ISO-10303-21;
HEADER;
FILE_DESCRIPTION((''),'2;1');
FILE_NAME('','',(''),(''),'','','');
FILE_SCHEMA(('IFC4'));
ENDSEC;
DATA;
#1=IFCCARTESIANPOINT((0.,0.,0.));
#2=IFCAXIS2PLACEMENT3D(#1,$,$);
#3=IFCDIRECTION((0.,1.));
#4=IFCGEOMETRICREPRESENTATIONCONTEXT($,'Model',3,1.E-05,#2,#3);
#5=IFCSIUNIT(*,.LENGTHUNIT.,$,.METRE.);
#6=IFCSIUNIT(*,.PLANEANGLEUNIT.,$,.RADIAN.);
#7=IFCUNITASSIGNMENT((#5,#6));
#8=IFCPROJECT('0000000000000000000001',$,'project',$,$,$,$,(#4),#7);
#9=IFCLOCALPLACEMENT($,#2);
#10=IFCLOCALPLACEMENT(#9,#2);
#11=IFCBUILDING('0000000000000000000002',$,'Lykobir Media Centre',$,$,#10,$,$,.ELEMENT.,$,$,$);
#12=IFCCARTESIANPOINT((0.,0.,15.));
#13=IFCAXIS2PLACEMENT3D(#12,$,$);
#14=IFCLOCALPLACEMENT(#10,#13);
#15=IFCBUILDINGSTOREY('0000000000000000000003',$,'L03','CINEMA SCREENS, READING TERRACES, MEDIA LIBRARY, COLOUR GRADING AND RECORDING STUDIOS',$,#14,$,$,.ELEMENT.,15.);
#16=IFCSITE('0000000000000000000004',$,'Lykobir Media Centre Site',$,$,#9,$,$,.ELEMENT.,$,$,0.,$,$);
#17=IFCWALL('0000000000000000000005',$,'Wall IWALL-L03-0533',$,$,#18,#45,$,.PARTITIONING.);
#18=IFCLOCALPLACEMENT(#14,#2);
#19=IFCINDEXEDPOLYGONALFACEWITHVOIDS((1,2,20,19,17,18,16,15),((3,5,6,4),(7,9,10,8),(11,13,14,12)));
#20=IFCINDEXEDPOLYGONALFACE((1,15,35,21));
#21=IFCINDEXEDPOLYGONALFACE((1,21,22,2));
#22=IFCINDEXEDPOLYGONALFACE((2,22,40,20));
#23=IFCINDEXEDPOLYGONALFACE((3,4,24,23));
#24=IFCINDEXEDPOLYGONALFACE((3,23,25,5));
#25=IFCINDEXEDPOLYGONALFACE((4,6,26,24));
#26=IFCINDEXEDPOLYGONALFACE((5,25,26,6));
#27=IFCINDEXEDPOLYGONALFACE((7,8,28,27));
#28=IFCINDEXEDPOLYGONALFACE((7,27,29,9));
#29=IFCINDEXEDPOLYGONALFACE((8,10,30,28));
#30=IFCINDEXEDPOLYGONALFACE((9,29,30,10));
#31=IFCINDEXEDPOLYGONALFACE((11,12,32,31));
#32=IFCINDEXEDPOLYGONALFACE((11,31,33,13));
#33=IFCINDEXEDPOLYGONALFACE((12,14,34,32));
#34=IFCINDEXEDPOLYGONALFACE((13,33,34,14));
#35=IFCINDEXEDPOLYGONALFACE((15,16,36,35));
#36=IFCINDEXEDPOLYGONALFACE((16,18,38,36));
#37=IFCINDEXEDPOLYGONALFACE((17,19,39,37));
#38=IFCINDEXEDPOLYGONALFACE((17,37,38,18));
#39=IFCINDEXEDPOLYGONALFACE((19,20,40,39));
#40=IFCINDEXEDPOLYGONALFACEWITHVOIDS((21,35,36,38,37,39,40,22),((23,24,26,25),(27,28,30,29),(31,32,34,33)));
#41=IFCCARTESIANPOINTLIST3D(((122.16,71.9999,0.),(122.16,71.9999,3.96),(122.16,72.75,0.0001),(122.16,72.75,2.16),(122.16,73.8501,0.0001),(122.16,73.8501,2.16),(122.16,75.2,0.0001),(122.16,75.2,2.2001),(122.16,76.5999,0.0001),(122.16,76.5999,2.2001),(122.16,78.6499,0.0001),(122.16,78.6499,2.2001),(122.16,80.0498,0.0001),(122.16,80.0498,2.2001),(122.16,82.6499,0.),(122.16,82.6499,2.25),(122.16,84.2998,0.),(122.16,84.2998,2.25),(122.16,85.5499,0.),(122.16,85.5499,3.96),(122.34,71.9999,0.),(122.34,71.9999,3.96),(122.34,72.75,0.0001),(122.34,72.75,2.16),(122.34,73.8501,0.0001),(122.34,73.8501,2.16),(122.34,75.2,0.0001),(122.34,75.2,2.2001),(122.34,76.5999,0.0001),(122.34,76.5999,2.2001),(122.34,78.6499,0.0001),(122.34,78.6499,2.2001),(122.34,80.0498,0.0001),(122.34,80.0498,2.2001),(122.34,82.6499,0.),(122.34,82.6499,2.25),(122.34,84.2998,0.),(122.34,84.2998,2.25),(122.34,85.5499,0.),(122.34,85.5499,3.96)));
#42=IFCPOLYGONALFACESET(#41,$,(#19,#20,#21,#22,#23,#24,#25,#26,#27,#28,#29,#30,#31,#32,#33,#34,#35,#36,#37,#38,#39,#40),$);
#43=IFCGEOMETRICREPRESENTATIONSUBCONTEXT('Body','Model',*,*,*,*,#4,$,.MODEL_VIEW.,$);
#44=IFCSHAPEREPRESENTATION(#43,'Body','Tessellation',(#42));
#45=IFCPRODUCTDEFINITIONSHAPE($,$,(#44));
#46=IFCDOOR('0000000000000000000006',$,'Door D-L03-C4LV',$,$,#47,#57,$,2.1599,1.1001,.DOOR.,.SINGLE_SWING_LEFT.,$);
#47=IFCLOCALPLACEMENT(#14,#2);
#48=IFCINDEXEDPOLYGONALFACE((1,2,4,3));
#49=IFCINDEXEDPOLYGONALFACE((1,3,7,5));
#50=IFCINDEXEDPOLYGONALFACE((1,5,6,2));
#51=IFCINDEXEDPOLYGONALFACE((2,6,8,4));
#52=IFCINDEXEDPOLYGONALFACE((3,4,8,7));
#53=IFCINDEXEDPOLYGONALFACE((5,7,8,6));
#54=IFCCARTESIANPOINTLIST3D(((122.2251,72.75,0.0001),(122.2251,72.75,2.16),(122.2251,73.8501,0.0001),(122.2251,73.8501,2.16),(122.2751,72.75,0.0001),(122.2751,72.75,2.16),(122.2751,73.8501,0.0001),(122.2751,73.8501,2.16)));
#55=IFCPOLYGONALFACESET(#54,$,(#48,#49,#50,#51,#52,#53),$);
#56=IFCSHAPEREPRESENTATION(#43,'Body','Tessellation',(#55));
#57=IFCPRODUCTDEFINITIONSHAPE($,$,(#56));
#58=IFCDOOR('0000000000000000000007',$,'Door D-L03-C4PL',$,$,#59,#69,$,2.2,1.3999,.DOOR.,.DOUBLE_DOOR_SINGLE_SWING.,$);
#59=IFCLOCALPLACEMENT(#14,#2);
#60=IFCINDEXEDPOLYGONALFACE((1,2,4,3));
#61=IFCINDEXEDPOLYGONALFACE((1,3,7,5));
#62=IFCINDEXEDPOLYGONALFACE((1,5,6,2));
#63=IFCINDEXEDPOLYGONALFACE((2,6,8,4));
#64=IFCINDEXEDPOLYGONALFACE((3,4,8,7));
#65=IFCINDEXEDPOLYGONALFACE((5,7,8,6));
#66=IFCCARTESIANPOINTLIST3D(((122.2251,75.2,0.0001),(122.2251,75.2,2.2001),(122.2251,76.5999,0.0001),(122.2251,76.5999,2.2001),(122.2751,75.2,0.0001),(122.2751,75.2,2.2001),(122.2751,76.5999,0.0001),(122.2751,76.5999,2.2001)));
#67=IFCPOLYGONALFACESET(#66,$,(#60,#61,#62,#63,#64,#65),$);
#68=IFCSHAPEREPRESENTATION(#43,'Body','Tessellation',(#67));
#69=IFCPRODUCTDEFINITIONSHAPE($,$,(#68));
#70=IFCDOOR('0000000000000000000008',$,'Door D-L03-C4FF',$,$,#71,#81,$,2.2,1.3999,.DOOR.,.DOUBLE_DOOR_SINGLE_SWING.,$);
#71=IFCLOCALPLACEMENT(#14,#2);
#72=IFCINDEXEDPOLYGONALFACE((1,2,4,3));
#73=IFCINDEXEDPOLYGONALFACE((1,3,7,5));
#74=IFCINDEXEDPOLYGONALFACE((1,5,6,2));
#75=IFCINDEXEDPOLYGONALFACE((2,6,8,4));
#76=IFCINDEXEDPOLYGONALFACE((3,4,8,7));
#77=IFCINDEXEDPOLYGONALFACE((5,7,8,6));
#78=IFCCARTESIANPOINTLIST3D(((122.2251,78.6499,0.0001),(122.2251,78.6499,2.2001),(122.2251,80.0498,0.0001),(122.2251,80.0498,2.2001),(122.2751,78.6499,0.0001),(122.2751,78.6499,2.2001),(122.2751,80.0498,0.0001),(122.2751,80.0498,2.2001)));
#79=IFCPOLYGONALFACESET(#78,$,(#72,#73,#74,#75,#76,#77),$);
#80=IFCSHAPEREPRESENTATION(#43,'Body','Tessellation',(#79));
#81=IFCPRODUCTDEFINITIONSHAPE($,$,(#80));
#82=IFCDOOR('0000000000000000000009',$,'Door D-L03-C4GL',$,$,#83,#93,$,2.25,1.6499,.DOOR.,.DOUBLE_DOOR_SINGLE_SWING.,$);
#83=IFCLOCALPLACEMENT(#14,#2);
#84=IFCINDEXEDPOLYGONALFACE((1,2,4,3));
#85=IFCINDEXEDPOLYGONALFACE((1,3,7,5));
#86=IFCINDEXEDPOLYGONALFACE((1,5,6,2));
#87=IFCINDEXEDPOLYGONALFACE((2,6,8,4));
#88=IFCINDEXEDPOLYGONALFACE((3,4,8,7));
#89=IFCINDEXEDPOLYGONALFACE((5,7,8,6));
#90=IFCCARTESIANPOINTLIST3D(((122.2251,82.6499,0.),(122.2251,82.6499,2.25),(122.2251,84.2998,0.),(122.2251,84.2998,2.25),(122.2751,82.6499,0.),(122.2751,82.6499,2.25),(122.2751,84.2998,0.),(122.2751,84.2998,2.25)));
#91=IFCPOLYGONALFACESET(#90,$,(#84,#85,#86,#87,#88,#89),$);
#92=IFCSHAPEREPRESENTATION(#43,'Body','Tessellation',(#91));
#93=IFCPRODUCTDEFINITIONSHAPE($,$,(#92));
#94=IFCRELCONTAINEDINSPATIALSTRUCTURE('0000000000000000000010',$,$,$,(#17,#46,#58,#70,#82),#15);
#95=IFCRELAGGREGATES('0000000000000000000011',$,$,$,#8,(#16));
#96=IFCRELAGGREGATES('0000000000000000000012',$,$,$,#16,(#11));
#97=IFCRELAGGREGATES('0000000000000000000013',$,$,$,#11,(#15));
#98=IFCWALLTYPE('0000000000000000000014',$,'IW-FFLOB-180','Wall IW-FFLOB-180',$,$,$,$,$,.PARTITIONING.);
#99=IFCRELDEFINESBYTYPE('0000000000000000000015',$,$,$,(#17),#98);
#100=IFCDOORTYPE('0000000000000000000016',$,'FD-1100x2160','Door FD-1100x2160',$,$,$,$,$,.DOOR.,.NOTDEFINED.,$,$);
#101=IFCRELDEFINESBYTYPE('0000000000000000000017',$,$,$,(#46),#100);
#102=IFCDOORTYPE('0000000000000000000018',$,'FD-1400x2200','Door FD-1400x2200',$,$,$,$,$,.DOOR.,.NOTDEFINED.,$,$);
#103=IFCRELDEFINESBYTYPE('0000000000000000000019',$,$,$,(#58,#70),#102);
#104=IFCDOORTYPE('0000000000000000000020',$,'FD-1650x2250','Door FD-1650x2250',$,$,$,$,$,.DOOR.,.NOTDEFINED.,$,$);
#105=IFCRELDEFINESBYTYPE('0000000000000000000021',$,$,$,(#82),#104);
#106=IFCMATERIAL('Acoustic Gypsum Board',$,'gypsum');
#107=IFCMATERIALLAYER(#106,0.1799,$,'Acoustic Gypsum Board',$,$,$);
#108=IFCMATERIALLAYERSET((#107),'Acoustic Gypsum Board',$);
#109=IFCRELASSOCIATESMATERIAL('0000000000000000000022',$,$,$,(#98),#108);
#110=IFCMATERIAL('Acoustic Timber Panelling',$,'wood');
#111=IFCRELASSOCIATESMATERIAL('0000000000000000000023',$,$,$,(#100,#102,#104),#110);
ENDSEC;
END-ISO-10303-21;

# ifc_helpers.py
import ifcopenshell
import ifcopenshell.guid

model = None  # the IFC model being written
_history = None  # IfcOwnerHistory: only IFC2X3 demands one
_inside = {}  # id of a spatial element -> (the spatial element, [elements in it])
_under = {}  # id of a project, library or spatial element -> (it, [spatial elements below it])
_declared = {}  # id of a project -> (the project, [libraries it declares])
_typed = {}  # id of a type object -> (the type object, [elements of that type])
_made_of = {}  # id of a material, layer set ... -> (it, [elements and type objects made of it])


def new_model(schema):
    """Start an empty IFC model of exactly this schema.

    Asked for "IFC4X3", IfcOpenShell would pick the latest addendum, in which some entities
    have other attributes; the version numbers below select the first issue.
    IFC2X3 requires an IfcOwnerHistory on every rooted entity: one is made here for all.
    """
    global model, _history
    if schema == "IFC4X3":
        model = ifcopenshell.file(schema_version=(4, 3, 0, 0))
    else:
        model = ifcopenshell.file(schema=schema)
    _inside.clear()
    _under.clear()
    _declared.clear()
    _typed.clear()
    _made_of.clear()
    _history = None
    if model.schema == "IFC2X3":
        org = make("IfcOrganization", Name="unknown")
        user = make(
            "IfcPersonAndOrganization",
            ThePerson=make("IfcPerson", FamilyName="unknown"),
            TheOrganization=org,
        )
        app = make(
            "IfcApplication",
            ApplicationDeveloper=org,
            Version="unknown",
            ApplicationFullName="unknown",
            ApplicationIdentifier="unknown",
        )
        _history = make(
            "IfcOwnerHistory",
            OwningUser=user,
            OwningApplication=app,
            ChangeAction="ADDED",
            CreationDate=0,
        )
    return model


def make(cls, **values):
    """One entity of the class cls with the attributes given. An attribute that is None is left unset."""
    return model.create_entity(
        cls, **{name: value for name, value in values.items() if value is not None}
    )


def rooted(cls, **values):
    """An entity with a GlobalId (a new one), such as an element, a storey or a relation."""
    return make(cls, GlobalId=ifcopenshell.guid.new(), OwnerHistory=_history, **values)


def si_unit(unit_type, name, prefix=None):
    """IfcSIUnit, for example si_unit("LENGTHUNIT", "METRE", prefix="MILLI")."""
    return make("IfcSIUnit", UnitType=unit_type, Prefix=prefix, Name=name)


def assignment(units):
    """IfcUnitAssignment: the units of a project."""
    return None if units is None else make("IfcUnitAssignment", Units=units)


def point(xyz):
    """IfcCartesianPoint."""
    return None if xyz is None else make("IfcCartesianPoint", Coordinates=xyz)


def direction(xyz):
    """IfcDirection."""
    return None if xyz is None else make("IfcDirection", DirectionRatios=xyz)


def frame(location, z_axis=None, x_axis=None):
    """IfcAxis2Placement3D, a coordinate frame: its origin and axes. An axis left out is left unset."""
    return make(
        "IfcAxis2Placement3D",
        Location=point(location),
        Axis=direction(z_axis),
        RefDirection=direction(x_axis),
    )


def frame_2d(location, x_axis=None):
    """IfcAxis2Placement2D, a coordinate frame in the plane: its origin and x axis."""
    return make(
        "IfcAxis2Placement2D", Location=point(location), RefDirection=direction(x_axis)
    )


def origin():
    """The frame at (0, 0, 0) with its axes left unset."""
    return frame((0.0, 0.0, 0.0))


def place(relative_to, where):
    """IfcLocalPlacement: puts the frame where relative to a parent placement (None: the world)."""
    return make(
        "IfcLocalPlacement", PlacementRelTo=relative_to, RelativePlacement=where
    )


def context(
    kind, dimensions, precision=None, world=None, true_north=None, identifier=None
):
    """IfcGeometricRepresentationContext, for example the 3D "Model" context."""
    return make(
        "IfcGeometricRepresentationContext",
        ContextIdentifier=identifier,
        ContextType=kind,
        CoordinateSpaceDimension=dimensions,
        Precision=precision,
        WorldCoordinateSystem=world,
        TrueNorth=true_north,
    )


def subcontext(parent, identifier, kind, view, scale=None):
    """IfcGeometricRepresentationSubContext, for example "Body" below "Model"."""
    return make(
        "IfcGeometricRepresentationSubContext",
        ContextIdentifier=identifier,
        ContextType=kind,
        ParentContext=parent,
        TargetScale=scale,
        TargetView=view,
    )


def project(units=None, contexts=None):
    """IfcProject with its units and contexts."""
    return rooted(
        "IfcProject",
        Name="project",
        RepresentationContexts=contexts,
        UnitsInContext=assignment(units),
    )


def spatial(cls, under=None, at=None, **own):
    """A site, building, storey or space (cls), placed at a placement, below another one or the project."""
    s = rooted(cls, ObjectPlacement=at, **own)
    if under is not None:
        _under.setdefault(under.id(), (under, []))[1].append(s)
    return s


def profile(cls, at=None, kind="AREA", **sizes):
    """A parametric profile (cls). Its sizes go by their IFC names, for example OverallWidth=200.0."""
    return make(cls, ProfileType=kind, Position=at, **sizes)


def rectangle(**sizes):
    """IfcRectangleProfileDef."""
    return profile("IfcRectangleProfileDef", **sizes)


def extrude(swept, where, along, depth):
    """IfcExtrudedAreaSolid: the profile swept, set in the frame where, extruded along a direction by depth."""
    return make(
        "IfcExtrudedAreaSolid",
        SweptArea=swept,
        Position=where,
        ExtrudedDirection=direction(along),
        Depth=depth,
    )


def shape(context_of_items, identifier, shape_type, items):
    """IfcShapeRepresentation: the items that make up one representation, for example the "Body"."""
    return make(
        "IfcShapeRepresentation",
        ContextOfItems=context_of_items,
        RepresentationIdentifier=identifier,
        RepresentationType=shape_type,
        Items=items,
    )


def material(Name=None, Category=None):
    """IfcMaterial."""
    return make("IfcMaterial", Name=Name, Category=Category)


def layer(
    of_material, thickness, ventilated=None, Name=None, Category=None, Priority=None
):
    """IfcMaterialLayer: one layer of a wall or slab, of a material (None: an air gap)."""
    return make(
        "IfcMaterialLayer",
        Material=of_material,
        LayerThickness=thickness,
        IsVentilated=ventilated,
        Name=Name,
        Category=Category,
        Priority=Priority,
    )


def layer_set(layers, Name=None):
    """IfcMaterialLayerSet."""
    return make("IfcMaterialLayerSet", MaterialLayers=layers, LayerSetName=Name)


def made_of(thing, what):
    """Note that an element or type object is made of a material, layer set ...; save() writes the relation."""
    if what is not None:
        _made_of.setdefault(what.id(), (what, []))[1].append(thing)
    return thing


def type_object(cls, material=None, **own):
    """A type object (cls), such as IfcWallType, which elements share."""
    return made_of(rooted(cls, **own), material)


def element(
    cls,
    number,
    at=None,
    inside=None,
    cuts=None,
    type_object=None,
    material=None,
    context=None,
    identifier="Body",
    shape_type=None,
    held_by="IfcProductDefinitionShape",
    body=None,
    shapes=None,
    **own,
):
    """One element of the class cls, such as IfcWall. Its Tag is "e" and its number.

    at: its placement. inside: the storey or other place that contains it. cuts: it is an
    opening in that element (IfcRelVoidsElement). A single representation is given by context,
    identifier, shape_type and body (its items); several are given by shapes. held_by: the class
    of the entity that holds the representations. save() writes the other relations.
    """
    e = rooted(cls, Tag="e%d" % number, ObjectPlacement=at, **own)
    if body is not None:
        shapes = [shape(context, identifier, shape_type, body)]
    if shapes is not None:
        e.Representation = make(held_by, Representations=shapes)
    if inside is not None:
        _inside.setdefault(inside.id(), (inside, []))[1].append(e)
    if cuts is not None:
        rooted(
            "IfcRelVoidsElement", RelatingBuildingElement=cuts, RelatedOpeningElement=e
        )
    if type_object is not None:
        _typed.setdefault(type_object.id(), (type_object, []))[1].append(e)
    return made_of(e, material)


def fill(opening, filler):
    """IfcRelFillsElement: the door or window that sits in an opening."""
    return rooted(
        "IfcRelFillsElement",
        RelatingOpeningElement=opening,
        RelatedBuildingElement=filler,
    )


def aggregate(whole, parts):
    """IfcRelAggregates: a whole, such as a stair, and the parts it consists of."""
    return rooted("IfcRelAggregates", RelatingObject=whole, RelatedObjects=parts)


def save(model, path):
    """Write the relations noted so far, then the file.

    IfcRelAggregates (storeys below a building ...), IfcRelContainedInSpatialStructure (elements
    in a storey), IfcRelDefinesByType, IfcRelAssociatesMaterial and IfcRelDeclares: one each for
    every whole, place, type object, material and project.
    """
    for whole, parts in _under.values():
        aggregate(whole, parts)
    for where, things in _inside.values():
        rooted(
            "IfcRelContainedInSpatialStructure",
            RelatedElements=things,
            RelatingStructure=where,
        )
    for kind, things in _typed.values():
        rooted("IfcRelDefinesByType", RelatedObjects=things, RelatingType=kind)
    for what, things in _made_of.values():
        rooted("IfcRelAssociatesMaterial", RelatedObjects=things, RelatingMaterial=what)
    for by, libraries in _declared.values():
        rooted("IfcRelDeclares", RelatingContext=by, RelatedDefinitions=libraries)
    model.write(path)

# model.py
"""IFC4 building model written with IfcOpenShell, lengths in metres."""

from ifc_helpers import new_model, si_unit, direction, frame, frame_2d, origin, place, context, subcontext, project, spatial, rectangle, extrude, material, layer, layer_set, type_object, element, fill, save


model = new_model("IFC4")

# Units and contexts
model_context = context("Model", 3, precision=1e-05, world=origin(), true_north=direction((0.0, 1.0)))
body_context = subcontext(model_context, "Body", "Model", "MODEL_VIEW")
ifc_project = project(units=[si_unit("LENGTHUNIT", "METRE"), si_unit("PLANEANGLEUNIT", "RADIAN")], contexts=[model_context])

# Site, building, storey
site_placement = place(None, origin())
site = spatial("IfcSite", under=ifc_project, at=site_placement, Name="Lykobir Media Centre Site", CompositionType="ELEMENT", RefElevation=0.0)
building_placement = place(site_placement, origin())
building = spatial("IfcBuilding", under=site, at=building_placement, Name="Lykobir Media Centre", CompositionType="ELEMENT")
storey_placement = place(building_placement, frame((0.0, 0.0, 15.0)))
storey = spatial("IfcBuildingStorey", under=building, at=storey_placement, Name="L03", Description="CINEMA SCREENS, READING TERRACES, MEDIA LIBRARY, COLOUR GRADING AND RECORDING STUDIOS", CompositionType="ELEMENT", Elevation=15.0)

# Wall, openings, doors
ifc_material_1 = material(Name="Acoustic Gypsum Board", Category="gypsum")
ifc_layer_1 = layer(ifc_material_1, 0.1799, Name="Acoustic Gypsum Board")
ifc_layer_set_1 = layer_set([ifc_layer_1], Name="Acoustic Gypsum Board")
wall_type = type_object("IfcWallType", Name="IW-FFLOB-180", Description="Wall IW-FFLOB-180", PredefinedType="PARTITIONING", material=ifc_layer_set_1)
wall_placement = place(storey_placement, frame((122.25, 72.0, 0.0), z_axis=(0.0, 0.0, 1.0), x_axis=(0.0, 1.0, 0.0)))
wall = element("IfcWall", 1, at=wall_placement, inside=storey, type_object=wall_type, Name="Wall IWALL-L03-0533", PredefinedType="PARTITIONING", context=body_context, shape_type="SweptSolid", body=[
    extrude(rectangle(XDim=13.55, YDim=0.1799, at=frame_2d((6.7749, 0.0))), origin(), (0.0, 0.0, 1.0), 3.96),
])
opening_1_placement = place(wall_placement, frame((0.75, 0.0, 0.0)))
opening_1 = element("IfcOpeningElement", 2, at=opening_1_placement, cuts=wall, PredefinedType="OPENING", context=body_context, shape_type="SweptSolid", body=[
    extrude(rectangle(XDim=1.1001, YDim=2.1599, at=frame_2d((0.55, 1.0801))), frame((0.0, 0.0999, 0.0), z_axis=(0.0, -1.0, 0.0), x_axis=(1.0, 0.0, 0.0)), (0.0, 0.0, 1.0), 0.2),
])
opening_2_placement = place(wall_placement, frame((3.2, 0.0, 0.0)))
opening_2 = element("IfcOpeningElement", 3, at=opening_2_placement, cuts=wall, PredefinedType="OPENING", context=body_context, shape_type="SweptSolid", body=[
    extrude(rectangle(XDim=1.3999, YDim=2.2, at=frame_2d((0.7, 1.1001))), frame((0.0, 0.0999, 0.0), z_axis=(0.0, -1.0, 0.0), x_axis=(1.0, 0.0, 0.0)), (0.0, 0.0, 1.0), 0.2),
])
opening_3_placement = place(wall_placement, frame((6.6499, 0.0, 0.0)))
opening_3 = element("IfcOpeningElement", 4, at=opening_3_placement, cuts=wall, PredefinedType="OPENING", context=body_context, shape_type="SweptSolid", body=[
    extrude(rectangle(XDim=1.3999, YDim=2.2, at=frame_2d((0.7, 1.1001))), frame((0.0, 0.0999, 0.0), z_axis=(0.0, -1.0, 0.0), x_axis=(1.0, 0.0, 0.0)), (0.0, 0.0, 1.0), 0.2),
])
opening_4_placement = place(wall_placement, frame((10.6499, 0.0, 0.0)))
opening_4 = element("IfcOpeningElement", 5, at=opening_4_placement, cuts=wall, PredefinedType="OPENING", context=body_context, shape_type="SweptSolid", body=[
    extrude(rectangle(XDim=1.6499, YDim=2.25, at=frame_2d((0.825, 1.125))), frame((0.0, 0.0999, 0.0), z_axis=(0.0, -1.0, 0.0), x_axis=(1.0, 0.0, 0.0)), (0.0, 0.0, 1.0), 0.2),
])
ifc_material_2 = material(Name="Acoustic Timber Panelling", Category="wood")
door_type_1 = type_object("IfcDoorType", Name="FD-1100x2160", Description="Door FD-1100x2160", OperationType="NOTDEFINED", PredefinedType="DOOR", material=ifc_material_2)
door_1_placement = place(opening_1_placement, origin())
door_1 = element("IfcDoor", 6, at=door_1_placement, inside=storey, type_object=door_type_1, Name="Door D-L03-C4LV", OperationType="SINGLE_SWING_LEFT", OverallHeight=2.1599, OverallWidth=1.1001, PredefinedType="DOOR", context=body_context, shape_type="SweptSolid", body=[
    extrude(rectangle(XDim=1.1001, YDim=2.1599, at=frame_2d((0.55, 1.0801))), frame((0.0, 0.0249, 0.0), z_axis=(0.0, -1.0, 0.0), x_axis=(1.0, 0.0, 0.0)), (0.0, 0.0, 1.0), 0.05),
])
fill(opening_1, door_1)
door_type_2 = type_object("IfcDoorType", Name="FD-1400x2200", Description="Door FD-1400x2200", OperationType="NOTDEFINED", PredefinedType="DOOR", material=ifc_material_2)
door_2_placement = place(opening_2_placement, origin())
door_2 = element("IfcDoor", 7, at=door_2_placement, inside=storey, type_object=door_type_2, Name="Door D-L03-C4PL", OperationType="DOUBLE_DOOR_SINGLE_SWING", OverallHeight=2.2, OverallWidth=1.3999, PredefinedType="DOOR", context=body_context, shape_type="SweptSolid", body=[
    extrude(rectangle(XDim=1.3999, YDim=2.2, at=frame_2d((0.7, 1.1001))), frame((0.0, 0.0249, 0.0), z_axis=(0.0, -1.0, 0.0), x_axis=(1.0, 0.0, 0.0)), (0.0, 0.0, 1.0), 0.05),
])
fill(opening_2, door_2)
door_3_placement = place(opening_3_placement, origin())
door_3 = element("IfcDoor", 8, at=door_3_placement, inside=storey, type_object=door_type_2, Name="Door D-L03-C4FF", OperationType="DOUBLE_DOOR_SINGLE_SWING", OverallHeight=2.2, OverallWidth=1.3999, PredefinedType="DOOR", context=body_context, shape_type="SweptSolid", body=[
    extrude(rectangle(XDim=1.3999, YDim=2.2, at=frame_2d((0.7, 1.1001))), frame((0.0, 0.0249, 0.0), z_axis=(0.0, -1.0, 0.0), x_axis=(1.0, 0.0, 0.0)), (0.0, 0.0, 1.0), 0.05),
])
fill(opening_3, door_3)
door_type_3 = type_object("IfcDoorType", Name="FD-1650x2250", Description="Door FD-1650x2250", OperationType="NOTDEFINED", PredefinedType="DOOR", material=ifc_material_2)
door_4_placement = place(opening_4_placement, origin())
door_4 = element("IfcDoor", 9, at=door_4_placement, inside=storey, type_object=door_type_3, Name="Door D-L03-C4GL", OperationType="DOUBLE_DOOR_SINGLE_SWING", OverallHeight=2.25, OverallWidth=1.6499, PredefinedType="DOOR", context=body_context, shape_type="SweptSolid", body=[
    extrude(rectangle(XDim=1.6499, YDim=2.25, at=frame_2d((0.825, 1.125))), frame((0.0, 0.0249, 0.0), z_axis=(0.0, -1.0, 0.0), x_axis=(1.0, 0.0, 0.0)), (0.0, 0.0, 1.0), 0.05),
])
fill(opening_4, door_4)

save(model, "model.ifc")
